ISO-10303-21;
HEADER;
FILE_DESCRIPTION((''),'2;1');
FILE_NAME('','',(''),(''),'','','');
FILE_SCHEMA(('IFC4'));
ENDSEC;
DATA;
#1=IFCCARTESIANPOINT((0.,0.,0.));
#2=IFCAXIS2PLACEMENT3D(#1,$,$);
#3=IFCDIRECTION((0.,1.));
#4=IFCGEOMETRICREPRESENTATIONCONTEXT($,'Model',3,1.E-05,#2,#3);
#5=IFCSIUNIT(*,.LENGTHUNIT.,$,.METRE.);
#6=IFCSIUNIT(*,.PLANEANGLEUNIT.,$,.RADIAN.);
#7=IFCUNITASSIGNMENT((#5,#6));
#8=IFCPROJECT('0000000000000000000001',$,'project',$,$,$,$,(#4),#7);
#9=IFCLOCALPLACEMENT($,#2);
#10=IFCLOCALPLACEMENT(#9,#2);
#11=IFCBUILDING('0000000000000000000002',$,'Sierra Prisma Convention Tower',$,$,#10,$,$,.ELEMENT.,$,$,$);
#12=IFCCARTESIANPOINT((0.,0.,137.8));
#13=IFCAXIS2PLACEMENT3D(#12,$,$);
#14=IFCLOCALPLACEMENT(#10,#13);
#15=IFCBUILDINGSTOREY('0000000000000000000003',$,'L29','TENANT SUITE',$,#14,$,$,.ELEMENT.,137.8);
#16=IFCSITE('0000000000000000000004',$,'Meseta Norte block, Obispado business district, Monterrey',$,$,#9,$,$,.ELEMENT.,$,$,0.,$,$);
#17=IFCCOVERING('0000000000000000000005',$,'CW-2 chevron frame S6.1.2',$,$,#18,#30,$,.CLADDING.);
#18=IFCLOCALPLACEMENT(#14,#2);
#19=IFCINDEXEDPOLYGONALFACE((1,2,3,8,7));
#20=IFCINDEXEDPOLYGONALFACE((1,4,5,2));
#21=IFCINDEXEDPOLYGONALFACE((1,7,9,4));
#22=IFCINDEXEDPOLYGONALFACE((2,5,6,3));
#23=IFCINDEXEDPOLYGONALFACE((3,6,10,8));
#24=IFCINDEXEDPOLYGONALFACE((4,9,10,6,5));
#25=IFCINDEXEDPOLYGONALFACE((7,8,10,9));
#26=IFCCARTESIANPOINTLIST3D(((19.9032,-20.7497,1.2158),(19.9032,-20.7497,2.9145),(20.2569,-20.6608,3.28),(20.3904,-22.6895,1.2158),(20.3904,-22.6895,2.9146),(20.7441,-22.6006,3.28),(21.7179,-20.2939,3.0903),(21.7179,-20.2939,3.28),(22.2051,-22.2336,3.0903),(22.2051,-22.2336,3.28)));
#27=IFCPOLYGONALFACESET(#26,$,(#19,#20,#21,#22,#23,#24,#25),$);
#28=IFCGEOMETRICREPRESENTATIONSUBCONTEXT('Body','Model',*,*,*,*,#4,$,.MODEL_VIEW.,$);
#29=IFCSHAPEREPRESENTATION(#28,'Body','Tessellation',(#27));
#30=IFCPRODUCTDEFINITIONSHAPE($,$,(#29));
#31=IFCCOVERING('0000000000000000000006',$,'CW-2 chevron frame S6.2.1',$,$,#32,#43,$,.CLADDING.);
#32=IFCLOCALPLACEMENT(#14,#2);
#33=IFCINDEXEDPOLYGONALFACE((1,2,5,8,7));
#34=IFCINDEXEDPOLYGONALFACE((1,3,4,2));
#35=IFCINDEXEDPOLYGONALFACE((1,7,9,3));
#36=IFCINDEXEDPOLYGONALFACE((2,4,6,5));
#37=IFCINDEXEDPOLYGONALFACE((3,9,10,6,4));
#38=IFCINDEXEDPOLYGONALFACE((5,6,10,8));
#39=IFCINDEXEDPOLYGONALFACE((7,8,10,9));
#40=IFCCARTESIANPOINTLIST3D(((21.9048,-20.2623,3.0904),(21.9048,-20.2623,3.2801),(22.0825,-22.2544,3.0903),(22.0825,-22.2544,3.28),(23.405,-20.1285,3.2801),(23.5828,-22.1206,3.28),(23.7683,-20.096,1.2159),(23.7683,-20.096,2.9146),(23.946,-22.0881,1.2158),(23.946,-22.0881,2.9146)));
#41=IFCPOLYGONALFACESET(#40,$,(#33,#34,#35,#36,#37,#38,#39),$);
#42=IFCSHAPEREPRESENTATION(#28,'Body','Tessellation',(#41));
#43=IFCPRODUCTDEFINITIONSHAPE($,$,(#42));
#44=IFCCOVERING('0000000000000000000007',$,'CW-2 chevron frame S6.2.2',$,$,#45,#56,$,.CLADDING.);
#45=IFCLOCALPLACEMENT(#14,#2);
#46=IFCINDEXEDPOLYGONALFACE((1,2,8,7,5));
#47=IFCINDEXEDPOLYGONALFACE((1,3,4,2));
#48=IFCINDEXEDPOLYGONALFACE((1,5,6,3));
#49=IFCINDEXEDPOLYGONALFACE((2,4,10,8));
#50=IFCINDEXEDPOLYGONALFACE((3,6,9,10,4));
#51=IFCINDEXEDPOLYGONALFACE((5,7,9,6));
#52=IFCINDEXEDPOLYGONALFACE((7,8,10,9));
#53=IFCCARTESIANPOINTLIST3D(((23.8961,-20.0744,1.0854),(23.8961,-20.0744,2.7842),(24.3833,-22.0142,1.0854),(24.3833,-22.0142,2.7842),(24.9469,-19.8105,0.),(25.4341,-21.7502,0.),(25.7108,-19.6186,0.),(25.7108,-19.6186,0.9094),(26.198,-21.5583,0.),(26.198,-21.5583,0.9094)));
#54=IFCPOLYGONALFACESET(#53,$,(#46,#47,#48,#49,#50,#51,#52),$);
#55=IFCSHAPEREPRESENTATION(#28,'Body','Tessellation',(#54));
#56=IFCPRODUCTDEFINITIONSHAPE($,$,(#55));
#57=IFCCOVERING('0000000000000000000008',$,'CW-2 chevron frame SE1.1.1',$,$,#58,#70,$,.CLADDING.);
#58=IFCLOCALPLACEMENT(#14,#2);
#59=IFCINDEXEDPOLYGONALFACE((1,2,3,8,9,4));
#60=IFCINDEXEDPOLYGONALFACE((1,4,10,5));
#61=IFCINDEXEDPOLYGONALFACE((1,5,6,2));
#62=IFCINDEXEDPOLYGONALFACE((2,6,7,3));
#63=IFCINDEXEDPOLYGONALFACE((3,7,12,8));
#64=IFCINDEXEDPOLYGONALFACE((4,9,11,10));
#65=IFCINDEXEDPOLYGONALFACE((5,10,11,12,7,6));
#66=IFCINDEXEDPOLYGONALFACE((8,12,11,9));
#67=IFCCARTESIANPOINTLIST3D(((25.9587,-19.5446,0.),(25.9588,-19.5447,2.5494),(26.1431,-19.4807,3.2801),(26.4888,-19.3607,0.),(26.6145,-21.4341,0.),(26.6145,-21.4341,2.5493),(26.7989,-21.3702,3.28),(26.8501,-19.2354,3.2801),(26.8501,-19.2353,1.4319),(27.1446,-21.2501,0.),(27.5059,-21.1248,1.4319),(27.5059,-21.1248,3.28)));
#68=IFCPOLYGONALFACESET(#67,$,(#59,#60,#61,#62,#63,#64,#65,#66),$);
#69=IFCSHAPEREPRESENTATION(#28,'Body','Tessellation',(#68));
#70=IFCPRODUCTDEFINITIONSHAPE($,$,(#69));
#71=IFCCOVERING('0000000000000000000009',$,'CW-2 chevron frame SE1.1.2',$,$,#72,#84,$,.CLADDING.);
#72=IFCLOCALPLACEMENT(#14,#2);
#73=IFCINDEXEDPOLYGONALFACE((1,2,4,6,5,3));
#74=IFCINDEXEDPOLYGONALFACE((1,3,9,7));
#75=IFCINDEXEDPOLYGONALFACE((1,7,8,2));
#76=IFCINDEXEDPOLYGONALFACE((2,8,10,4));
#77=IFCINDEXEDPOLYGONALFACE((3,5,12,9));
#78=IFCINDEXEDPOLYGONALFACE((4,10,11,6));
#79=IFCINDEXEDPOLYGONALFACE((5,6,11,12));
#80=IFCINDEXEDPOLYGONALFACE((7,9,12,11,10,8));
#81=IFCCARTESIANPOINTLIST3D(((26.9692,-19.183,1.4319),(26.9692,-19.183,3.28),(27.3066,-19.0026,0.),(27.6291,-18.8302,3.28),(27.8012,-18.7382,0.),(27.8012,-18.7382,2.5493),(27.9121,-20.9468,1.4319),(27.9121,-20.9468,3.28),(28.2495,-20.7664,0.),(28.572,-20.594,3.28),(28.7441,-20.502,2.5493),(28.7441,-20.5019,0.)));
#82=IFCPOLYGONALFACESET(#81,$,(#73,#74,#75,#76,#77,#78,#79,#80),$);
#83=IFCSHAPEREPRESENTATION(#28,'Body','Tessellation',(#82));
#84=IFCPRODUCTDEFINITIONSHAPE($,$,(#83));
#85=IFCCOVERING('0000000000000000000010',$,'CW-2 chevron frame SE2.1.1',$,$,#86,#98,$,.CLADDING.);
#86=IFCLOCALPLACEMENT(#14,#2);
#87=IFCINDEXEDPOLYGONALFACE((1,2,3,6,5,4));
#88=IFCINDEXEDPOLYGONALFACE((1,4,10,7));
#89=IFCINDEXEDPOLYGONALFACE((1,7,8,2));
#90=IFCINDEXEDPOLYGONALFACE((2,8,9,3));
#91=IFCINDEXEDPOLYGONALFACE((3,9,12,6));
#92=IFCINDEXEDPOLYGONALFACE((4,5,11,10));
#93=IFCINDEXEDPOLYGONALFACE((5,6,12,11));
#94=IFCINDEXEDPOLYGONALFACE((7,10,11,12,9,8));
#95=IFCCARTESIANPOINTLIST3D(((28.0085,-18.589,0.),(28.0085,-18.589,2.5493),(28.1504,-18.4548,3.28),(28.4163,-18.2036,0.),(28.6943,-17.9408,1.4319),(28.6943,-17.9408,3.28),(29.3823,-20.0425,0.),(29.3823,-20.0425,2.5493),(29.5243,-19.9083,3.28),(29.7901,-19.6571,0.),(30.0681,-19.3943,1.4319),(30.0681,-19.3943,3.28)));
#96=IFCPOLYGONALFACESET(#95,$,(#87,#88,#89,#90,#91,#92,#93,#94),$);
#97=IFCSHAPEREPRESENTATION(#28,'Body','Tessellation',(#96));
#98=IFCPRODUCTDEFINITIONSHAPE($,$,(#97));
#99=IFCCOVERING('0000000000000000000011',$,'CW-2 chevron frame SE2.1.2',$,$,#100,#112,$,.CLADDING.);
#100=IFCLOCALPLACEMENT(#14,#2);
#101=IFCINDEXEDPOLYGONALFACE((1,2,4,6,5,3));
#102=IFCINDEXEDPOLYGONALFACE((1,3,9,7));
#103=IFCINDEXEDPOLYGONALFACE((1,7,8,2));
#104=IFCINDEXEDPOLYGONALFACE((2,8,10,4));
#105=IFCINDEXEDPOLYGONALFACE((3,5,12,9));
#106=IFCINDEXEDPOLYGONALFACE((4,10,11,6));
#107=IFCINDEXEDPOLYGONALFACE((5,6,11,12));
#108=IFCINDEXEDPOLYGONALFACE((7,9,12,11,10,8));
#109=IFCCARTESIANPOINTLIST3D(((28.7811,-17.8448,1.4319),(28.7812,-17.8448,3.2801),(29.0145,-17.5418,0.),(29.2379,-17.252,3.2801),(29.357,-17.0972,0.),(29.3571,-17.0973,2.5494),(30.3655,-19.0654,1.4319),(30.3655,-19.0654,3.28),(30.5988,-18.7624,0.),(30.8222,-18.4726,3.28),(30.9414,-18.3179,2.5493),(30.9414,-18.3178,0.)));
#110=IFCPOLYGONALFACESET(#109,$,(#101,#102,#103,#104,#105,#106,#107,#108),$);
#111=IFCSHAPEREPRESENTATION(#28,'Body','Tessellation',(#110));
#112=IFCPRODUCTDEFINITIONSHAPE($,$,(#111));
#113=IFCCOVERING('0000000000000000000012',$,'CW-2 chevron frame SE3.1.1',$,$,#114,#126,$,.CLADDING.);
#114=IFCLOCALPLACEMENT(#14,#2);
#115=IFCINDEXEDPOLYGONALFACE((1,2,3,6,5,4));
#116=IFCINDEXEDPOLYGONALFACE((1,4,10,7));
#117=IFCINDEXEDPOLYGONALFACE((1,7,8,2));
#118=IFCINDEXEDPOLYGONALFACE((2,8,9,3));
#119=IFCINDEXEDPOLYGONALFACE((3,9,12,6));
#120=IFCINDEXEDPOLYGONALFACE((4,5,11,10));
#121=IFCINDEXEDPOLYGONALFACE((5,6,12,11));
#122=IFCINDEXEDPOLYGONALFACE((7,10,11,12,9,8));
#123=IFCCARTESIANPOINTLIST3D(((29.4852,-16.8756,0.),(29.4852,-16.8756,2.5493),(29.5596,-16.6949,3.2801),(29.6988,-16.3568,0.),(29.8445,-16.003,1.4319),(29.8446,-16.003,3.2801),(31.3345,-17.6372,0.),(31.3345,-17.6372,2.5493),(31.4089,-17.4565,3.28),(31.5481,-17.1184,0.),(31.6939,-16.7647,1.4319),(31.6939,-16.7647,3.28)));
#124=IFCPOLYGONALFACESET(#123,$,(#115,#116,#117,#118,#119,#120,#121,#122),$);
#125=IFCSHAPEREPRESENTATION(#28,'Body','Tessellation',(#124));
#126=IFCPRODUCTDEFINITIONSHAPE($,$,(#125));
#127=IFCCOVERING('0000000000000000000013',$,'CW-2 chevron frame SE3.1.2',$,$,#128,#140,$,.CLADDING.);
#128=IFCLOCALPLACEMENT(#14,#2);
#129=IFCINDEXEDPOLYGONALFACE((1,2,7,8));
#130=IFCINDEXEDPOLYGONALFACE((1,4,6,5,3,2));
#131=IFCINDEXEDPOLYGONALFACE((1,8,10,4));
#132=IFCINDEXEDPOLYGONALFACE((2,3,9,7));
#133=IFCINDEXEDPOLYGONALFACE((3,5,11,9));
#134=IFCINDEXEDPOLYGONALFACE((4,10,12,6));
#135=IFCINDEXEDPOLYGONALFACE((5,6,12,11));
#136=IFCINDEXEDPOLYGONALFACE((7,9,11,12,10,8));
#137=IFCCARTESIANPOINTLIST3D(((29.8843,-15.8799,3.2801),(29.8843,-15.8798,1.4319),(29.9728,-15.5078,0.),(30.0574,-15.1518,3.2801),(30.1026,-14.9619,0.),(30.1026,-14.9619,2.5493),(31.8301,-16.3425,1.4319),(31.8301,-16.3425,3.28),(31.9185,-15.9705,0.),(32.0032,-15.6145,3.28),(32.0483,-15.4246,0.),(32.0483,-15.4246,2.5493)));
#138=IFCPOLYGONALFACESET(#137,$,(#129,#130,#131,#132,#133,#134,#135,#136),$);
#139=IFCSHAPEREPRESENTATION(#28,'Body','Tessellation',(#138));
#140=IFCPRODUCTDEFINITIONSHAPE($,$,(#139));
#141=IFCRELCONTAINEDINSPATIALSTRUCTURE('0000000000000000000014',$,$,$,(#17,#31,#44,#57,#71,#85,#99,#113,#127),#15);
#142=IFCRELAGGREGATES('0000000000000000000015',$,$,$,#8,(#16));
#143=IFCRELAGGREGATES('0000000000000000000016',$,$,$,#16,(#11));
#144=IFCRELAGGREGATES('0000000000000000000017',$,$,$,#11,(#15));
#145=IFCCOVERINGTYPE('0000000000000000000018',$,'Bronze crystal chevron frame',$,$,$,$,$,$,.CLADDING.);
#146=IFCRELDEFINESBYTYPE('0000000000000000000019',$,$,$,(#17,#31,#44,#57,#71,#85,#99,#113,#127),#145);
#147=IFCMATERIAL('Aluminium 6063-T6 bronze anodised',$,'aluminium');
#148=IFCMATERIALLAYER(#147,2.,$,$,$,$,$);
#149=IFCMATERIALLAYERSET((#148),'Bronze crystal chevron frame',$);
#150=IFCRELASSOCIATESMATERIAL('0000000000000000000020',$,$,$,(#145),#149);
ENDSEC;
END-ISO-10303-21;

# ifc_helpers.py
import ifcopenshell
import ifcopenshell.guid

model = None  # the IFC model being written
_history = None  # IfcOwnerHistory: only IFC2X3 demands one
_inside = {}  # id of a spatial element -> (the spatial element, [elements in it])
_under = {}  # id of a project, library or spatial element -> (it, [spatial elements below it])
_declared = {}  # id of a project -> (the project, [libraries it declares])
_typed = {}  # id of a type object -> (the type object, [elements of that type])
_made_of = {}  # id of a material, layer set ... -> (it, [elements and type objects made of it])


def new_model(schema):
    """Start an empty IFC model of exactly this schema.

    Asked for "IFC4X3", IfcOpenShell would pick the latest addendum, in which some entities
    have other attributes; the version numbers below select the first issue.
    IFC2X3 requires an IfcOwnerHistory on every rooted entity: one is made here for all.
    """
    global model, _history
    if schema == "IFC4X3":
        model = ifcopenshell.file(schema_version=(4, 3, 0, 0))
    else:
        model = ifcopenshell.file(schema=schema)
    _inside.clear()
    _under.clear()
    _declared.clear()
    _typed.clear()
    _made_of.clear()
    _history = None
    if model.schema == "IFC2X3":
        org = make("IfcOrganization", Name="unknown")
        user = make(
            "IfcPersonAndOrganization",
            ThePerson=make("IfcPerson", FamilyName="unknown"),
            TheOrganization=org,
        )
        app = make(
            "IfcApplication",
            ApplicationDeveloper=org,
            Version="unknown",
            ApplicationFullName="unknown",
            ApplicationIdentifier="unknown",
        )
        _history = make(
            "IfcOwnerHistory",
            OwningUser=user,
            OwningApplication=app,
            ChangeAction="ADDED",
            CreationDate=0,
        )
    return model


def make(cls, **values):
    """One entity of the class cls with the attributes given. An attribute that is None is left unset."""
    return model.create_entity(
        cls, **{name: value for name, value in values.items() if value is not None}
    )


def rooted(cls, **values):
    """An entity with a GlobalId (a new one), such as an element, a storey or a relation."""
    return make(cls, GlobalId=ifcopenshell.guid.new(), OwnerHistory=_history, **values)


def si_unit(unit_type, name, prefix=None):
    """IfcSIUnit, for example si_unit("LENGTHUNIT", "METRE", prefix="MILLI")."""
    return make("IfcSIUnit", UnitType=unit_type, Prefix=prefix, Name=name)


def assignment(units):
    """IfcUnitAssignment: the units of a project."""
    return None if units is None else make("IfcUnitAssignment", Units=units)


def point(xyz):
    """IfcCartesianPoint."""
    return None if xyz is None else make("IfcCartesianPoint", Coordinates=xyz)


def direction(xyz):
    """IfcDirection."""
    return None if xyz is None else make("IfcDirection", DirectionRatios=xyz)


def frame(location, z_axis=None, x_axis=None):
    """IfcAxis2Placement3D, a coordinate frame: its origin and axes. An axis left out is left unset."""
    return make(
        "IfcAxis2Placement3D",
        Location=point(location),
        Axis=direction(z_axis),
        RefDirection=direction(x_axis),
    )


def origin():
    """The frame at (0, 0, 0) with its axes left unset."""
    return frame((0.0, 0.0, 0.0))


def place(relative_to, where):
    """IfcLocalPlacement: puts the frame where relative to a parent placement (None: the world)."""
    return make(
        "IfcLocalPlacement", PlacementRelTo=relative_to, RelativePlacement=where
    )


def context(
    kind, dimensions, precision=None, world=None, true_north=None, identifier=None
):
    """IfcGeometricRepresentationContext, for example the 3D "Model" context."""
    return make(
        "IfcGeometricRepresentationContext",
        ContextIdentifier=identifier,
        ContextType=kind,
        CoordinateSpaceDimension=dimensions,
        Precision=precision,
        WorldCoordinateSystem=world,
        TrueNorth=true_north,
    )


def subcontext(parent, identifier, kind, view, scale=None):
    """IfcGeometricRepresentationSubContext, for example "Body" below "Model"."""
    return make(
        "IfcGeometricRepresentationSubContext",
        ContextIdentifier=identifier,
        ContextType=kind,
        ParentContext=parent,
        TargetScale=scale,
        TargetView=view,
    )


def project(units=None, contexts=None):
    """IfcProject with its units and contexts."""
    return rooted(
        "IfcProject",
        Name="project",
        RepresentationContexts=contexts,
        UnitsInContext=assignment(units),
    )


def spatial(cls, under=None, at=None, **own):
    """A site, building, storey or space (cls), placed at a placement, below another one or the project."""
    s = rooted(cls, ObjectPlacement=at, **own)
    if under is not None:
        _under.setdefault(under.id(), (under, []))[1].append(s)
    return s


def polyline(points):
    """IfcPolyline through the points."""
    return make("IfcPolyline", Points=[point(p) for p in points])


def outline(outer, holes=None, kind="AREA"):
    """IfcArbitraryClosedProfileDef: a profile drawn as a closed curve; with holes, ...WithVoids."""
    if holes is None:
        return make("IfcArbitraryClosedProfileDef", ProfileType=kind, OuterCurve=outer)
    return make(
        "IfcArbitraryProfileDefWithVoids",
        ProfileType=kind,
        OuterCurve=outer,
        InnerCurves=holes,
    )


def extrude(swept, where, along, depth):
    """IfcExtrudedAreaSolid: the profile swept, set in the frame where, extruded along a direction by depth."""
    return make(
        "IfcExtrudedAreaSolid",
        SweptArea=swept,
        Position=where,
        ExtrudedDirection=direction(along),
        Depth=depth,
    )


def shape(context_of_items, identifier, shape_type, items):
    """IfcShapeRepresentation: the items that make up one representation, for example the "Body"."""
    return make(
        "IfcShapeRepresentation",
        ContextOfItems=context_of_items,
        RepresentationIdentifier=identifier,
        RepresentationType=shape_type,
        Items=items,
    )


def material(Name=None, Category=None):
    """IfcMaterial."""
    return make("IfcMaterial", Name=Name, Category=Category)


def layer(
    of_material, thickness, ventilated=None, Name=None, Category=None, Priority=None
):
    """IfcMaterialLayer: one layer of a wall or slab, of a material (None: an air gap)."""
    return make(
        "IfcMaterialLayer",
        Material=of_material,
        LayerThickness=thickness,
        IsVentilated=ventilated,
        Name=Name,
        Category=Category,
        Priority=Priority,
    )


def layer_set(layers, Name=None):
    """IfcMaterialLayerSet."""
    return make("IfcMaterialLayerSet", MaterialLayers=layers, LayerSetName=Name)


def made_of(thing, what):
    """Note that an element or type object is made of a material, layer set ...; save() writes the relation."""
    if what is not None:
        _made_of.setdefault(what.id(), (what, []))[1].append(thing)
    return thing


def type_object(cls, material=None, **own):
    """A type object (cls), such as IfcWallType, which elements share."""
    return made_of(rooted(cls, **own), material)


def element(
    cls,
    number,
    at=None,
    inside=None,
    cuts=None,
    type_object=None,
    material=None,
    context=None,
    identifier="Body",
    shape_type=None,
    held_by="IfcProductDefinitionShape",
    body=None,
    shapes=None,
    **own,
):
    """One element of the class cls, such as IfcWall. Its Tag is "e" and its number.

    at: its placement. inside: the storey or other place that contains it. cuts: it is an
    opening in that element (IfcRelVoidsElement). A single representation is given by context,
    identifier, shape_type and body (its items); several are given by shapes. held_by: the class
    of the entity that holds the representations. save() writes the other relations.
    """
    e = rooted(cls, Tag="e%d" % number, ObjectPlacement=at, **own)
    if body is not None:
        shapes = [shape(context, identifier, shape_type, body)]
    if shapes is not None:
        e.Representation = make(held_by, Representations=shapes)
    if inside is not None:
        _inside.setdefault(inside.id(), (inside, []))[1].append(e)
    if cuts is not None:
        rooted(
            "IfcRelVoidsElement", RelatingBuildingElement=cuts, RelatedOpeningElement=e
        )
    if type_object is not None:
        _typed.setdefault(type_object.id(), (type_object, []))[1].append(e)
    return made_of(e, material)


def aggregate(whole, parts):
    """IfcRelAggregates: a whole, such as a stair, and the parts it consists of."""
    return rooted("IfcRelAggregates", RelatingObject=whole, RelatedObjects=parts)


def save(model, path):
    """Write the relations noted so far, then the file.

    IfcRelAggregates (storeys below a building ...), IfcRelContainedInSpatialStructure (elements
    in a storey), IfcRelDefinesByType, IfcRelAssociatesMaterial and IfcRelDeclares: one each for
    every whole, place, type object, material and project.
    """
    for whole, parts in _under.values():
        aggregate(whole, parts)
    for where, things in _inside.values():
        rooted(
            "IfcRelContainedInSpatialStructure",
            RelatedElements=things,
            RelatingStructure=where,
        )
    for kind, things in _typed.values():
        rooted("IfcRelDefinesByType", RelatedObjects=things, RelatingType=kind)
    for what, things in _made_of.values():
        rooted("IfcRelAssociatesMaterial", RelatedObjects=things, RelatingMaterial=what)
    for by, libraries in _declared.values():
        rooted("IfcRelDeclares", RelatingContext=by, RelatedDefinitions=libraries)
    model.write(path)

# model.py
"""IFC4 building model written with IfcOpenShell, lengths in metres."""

from ifc_helpers import new_model, si_unit, direction, frame, origin, place, context, subcontext, project, spatial, polyline, outline, extrude, material, layer, layer_set, type_object, element, save


model = new_model("IFC4")

# Units and contexts
model_context = context("Model", 3, precision=1e-05, world=origin(), true_north=direction((0.0, 1.0)))
body_context = subcontext(model_context, "Body", "Model", "MODEL_VIEW")
ifc_project = project(units=[si_unit("LENGTHUNIT", "METRE"), si_unit("PLANEANGLEUNIT", "RADIAN")], contexts=[model_context])

# Site, building, storey
site_placement = place(None, origin())
site = spatial("IfcSite", under=ifc_project, at=site_placement, Name="Meseta Norte block, Obispado business district, Monterrey", CompositionType="ELEMENT", RefElevation=0.0)
building_placement = place(site_placement, origin())
building = spatial("IfcBuilding", under=site, at=building_placement, Name="Sierra Prisma Convention Tower", CompositionType="ELEMENT")
storey_placement = place(building_placement, frame((0.0, 0.0, 137.8)))
storey = spatial("IfcBuildingStorey", under=building, at=storey_placement, Name="L29", Description="TENANT SUITE", CompositionType="ELEMENT", Elevation=137.8)

# Coverings
ifc_material_1 = material(Name="Aluminium 6063-T6 bronze anodised", Category="aluminium")
ifc_layer_1 = layer(ifc_material_1, 2.0)
ifc_layer_set_1 = layer_set([ifc_layer_1], Name="Bronze crystal chevron frame")
covering_type = type_object("IfcCoveringType", Name="Bronze crystal chevron frame", PredefinedType="CLADDING", material=ifc_layer_set_1)
covering_1_placement = place(storey_placement, frame((20.3904, -22.6895, 2.9146), z_axis=(0.243609, -0.969873, 0.000005), x_axis=(0.000001, -0.000005, -1.0)))
element("IfcCovering", 1, at=covering_1_placement, inside=storey, type_object=covering_type, Name="CW-2 chevron frame S6.1.2", PredefinedType="CLADDING", context=body_context, shape_type="SweptSolid", body=[
    extrude(outline(polyline([(0.0, 0.0), (1.6987, 0.0), (-0.1758, 1.8711), (-0.3655, 1.8711), (-0.3655, 0.3648), (0.0, 0.0)])), origin(), (0.0, 0.0, -1.0), 2.0),
])
covering_2_placement = place(storey_placement, frame((22.0825, -22.2544, 3.28), z_axis=(0.08886, -0.996044, -0.000027), x_axis=(-0.000002, 0.000027, -1.0)))
element("IfcCovering", 2, at=covering_2_placement, inside=storey, type_object=covering_type, Name="CW-2 chevron frame S6.2.1", PredefinedType="CLADDING", context=body_context, shape_type="SweptSolid", body=[
    extrude(outline(polyline([(0.0, 0.0), (0.1897, 0.0), (2.0642, 1.8709), (0.3655, 1.8709), (0.0, 1.5062), (0.0, 0.0)])), origin(), (0.0, 0.0, -1.0), 2.0),
])
covering_3_placement = place(storey_placement, frame((26.198, -21.5583, 0.0), z_axis=(0.243613, -0.969873, 0.000005), x_axis=(-0.000001, 0.000005, 1.0)))
element("IfcCovering", 3, at=covering_3_placement, inside=storey, type_object=covering_type, Name="CW-2 chevron frame S6.2.2", PredefinedType="CLADDING", context=body_context, shape_type="SweptSolid", body=[
    extrude(outline(polyline([(0.0, 0.0), (0.9094, 0.0), (2.7842, 1.8711), (1.0854, 1.8711), (0.0, 0.7876), (0.0, 0.0)])), origin(), (0.0, 0.0, -1.0), 2.0),
])
covering_4_placement = place(storey_placement, frame((26.6145, -21.4341, 0.0), z_axis=(0.327882, -0.944719, -0.000024), x_axis=(0.944719, 0.327882, 0.0)))
element("IfcCovering", 4, at=covering_4_placement, inside=storey, type_object=covering_type, Name="CW-2 chevron frame SE1.1.1", PredefinedType="CLADDING", context=body_context, shape_type="SweptSolid", body=[
    extrude(outline(polyline([(0.0, 0.0), (0.5611, 0.0), (0.9435, 1.4319), (0.9435, 3.28), (0.1951, 3.28), (0.0, 2.5493), (0.0, 0.0)])), origin(), (0.0, 0.0, -1.0), 2.0),
])
covering_5_placement = place(storey_placement, frame((27.9121, -20.9468, 3.28), z_axis=(0.471465, -0.881885, -0.000009), x_axis=(-0.000004, 0.000008, -1.0)))
element("IfcCovering", 5, at=covering_5_placement, inside=storey, type_object=covering_type, Name="CW-2 chevron frame SE1.1.2", PredefinedType="CLADDING", context=body_context, shape_type="SweptSolid", body=[
    extrude(outline(polyline([(0.0, 0.0), (1.8481, 0.0), (3.28, 0.3826), (3.28, 0.9435), (0.7307, 0.9435), (0.0, 0.7483), (0.0, 0.0)])), origin(), (0.0, 0.0, -1.0), 2.0),
])
covering_6_placement = place(storey_placement, frame((29.3823, -20.0425, 0.0), z_axis=(0.686909, -0.726744, 0.000009), x_axis=(0.726744, 0.686909, 0.0)))
element("IfcCovering", 6, at=covering_6_placement, inside=storey, type_object=covering_type, Name="CW-2 chevron frame SE2.1.1", PredefinedType="CLADDING", context=body_context, shape_type="SweptSolid", body=[
    extrude(outline(polyline([(0.0, 0.0), (0.5611, 0.0), (0.9436, 1.4319), (0.9436, 3.28), (0.1953, 3.28), (0.0, 2.5493), (0.0, 0.0)])), origin(), (0.0, 0.0, -1.0), 2.0),
])
covering_7_placement = place(storey_placement, frame((30.3655, -19.0654, 3.28), z_axis=(0.792162, -0.61031, -0.000017), x_axis=(-0.000014, 0.000011, -1.0)))
element("IfcCovering", 7, at=covering_7_placement, inside=storey, type_object=covering_type, Name="CW-2 chevron frame SE2.1.2", PredefinedType="CLADDING", context=body_context, shape_type="SweptSolid", body=[
    extrude(outline(polyline([(0.0, 0.0), (1.8481, 0.0), (3.28, 0.3825), (3.28, 0.9437), (0.7307, 0.9437), (0.0, 0.7484), (0.0, 0.0)])), origin(), (0.0, 0.0, -1.0), 2.0),
])
covering_8_placement = place(storey_placement, frame((31.3345, -17.6372, 0.0), z_axis=(0.924653, -0.38081, -0.000017), x_axis=(0.38081, 0.924653, 0.0)))
element("IfcCovering", 8, at=covering_8_placement, inside=storey, type_object=covering_type, Name="CW-2 chevron frame SE3.1.1", PredefinedType="CLADDING", context=body_context, shape_type="SweptSolid", body=[
    extrude(outline(polyline([(0.0, 0.0), (0.5611, 0.0), (0.9437, 1.4319), (0.9437, 3.28), (0.1954, 3.28), (0.0, 2.5493), (0.0, 0.0)])), origin(), (0.0, 0.0, -1.0), 2.0),
])
covering_9_placement = place(storey_placement, frame((31.8301, -16.3425, 3.28), z_axis=(0.972873, -0.231338, -0.000014), x_axis=(-0.000013, 0.000003, -1.0)))
element("IfcCovering", 9, at=covering_9_placement, inside=storey, type_object=covering_type, Name="CW-2 chevron frame SE3.1.2", PredefinedType="CLADDING", context=body_context, shape_type="SweptSolid", body=[
    extrude(outline(polyline([(0.0, 0.0), (1.8481, 0.0), (3.28, 0.3824), (3.28, 0.9436), (0.7307, 0.9436), (0.0, 0.7483), (0.0, 0.0)])), origin(), (0.0, 0.0, -1.0), 2.0),
])

save(model, "model.ifc")
